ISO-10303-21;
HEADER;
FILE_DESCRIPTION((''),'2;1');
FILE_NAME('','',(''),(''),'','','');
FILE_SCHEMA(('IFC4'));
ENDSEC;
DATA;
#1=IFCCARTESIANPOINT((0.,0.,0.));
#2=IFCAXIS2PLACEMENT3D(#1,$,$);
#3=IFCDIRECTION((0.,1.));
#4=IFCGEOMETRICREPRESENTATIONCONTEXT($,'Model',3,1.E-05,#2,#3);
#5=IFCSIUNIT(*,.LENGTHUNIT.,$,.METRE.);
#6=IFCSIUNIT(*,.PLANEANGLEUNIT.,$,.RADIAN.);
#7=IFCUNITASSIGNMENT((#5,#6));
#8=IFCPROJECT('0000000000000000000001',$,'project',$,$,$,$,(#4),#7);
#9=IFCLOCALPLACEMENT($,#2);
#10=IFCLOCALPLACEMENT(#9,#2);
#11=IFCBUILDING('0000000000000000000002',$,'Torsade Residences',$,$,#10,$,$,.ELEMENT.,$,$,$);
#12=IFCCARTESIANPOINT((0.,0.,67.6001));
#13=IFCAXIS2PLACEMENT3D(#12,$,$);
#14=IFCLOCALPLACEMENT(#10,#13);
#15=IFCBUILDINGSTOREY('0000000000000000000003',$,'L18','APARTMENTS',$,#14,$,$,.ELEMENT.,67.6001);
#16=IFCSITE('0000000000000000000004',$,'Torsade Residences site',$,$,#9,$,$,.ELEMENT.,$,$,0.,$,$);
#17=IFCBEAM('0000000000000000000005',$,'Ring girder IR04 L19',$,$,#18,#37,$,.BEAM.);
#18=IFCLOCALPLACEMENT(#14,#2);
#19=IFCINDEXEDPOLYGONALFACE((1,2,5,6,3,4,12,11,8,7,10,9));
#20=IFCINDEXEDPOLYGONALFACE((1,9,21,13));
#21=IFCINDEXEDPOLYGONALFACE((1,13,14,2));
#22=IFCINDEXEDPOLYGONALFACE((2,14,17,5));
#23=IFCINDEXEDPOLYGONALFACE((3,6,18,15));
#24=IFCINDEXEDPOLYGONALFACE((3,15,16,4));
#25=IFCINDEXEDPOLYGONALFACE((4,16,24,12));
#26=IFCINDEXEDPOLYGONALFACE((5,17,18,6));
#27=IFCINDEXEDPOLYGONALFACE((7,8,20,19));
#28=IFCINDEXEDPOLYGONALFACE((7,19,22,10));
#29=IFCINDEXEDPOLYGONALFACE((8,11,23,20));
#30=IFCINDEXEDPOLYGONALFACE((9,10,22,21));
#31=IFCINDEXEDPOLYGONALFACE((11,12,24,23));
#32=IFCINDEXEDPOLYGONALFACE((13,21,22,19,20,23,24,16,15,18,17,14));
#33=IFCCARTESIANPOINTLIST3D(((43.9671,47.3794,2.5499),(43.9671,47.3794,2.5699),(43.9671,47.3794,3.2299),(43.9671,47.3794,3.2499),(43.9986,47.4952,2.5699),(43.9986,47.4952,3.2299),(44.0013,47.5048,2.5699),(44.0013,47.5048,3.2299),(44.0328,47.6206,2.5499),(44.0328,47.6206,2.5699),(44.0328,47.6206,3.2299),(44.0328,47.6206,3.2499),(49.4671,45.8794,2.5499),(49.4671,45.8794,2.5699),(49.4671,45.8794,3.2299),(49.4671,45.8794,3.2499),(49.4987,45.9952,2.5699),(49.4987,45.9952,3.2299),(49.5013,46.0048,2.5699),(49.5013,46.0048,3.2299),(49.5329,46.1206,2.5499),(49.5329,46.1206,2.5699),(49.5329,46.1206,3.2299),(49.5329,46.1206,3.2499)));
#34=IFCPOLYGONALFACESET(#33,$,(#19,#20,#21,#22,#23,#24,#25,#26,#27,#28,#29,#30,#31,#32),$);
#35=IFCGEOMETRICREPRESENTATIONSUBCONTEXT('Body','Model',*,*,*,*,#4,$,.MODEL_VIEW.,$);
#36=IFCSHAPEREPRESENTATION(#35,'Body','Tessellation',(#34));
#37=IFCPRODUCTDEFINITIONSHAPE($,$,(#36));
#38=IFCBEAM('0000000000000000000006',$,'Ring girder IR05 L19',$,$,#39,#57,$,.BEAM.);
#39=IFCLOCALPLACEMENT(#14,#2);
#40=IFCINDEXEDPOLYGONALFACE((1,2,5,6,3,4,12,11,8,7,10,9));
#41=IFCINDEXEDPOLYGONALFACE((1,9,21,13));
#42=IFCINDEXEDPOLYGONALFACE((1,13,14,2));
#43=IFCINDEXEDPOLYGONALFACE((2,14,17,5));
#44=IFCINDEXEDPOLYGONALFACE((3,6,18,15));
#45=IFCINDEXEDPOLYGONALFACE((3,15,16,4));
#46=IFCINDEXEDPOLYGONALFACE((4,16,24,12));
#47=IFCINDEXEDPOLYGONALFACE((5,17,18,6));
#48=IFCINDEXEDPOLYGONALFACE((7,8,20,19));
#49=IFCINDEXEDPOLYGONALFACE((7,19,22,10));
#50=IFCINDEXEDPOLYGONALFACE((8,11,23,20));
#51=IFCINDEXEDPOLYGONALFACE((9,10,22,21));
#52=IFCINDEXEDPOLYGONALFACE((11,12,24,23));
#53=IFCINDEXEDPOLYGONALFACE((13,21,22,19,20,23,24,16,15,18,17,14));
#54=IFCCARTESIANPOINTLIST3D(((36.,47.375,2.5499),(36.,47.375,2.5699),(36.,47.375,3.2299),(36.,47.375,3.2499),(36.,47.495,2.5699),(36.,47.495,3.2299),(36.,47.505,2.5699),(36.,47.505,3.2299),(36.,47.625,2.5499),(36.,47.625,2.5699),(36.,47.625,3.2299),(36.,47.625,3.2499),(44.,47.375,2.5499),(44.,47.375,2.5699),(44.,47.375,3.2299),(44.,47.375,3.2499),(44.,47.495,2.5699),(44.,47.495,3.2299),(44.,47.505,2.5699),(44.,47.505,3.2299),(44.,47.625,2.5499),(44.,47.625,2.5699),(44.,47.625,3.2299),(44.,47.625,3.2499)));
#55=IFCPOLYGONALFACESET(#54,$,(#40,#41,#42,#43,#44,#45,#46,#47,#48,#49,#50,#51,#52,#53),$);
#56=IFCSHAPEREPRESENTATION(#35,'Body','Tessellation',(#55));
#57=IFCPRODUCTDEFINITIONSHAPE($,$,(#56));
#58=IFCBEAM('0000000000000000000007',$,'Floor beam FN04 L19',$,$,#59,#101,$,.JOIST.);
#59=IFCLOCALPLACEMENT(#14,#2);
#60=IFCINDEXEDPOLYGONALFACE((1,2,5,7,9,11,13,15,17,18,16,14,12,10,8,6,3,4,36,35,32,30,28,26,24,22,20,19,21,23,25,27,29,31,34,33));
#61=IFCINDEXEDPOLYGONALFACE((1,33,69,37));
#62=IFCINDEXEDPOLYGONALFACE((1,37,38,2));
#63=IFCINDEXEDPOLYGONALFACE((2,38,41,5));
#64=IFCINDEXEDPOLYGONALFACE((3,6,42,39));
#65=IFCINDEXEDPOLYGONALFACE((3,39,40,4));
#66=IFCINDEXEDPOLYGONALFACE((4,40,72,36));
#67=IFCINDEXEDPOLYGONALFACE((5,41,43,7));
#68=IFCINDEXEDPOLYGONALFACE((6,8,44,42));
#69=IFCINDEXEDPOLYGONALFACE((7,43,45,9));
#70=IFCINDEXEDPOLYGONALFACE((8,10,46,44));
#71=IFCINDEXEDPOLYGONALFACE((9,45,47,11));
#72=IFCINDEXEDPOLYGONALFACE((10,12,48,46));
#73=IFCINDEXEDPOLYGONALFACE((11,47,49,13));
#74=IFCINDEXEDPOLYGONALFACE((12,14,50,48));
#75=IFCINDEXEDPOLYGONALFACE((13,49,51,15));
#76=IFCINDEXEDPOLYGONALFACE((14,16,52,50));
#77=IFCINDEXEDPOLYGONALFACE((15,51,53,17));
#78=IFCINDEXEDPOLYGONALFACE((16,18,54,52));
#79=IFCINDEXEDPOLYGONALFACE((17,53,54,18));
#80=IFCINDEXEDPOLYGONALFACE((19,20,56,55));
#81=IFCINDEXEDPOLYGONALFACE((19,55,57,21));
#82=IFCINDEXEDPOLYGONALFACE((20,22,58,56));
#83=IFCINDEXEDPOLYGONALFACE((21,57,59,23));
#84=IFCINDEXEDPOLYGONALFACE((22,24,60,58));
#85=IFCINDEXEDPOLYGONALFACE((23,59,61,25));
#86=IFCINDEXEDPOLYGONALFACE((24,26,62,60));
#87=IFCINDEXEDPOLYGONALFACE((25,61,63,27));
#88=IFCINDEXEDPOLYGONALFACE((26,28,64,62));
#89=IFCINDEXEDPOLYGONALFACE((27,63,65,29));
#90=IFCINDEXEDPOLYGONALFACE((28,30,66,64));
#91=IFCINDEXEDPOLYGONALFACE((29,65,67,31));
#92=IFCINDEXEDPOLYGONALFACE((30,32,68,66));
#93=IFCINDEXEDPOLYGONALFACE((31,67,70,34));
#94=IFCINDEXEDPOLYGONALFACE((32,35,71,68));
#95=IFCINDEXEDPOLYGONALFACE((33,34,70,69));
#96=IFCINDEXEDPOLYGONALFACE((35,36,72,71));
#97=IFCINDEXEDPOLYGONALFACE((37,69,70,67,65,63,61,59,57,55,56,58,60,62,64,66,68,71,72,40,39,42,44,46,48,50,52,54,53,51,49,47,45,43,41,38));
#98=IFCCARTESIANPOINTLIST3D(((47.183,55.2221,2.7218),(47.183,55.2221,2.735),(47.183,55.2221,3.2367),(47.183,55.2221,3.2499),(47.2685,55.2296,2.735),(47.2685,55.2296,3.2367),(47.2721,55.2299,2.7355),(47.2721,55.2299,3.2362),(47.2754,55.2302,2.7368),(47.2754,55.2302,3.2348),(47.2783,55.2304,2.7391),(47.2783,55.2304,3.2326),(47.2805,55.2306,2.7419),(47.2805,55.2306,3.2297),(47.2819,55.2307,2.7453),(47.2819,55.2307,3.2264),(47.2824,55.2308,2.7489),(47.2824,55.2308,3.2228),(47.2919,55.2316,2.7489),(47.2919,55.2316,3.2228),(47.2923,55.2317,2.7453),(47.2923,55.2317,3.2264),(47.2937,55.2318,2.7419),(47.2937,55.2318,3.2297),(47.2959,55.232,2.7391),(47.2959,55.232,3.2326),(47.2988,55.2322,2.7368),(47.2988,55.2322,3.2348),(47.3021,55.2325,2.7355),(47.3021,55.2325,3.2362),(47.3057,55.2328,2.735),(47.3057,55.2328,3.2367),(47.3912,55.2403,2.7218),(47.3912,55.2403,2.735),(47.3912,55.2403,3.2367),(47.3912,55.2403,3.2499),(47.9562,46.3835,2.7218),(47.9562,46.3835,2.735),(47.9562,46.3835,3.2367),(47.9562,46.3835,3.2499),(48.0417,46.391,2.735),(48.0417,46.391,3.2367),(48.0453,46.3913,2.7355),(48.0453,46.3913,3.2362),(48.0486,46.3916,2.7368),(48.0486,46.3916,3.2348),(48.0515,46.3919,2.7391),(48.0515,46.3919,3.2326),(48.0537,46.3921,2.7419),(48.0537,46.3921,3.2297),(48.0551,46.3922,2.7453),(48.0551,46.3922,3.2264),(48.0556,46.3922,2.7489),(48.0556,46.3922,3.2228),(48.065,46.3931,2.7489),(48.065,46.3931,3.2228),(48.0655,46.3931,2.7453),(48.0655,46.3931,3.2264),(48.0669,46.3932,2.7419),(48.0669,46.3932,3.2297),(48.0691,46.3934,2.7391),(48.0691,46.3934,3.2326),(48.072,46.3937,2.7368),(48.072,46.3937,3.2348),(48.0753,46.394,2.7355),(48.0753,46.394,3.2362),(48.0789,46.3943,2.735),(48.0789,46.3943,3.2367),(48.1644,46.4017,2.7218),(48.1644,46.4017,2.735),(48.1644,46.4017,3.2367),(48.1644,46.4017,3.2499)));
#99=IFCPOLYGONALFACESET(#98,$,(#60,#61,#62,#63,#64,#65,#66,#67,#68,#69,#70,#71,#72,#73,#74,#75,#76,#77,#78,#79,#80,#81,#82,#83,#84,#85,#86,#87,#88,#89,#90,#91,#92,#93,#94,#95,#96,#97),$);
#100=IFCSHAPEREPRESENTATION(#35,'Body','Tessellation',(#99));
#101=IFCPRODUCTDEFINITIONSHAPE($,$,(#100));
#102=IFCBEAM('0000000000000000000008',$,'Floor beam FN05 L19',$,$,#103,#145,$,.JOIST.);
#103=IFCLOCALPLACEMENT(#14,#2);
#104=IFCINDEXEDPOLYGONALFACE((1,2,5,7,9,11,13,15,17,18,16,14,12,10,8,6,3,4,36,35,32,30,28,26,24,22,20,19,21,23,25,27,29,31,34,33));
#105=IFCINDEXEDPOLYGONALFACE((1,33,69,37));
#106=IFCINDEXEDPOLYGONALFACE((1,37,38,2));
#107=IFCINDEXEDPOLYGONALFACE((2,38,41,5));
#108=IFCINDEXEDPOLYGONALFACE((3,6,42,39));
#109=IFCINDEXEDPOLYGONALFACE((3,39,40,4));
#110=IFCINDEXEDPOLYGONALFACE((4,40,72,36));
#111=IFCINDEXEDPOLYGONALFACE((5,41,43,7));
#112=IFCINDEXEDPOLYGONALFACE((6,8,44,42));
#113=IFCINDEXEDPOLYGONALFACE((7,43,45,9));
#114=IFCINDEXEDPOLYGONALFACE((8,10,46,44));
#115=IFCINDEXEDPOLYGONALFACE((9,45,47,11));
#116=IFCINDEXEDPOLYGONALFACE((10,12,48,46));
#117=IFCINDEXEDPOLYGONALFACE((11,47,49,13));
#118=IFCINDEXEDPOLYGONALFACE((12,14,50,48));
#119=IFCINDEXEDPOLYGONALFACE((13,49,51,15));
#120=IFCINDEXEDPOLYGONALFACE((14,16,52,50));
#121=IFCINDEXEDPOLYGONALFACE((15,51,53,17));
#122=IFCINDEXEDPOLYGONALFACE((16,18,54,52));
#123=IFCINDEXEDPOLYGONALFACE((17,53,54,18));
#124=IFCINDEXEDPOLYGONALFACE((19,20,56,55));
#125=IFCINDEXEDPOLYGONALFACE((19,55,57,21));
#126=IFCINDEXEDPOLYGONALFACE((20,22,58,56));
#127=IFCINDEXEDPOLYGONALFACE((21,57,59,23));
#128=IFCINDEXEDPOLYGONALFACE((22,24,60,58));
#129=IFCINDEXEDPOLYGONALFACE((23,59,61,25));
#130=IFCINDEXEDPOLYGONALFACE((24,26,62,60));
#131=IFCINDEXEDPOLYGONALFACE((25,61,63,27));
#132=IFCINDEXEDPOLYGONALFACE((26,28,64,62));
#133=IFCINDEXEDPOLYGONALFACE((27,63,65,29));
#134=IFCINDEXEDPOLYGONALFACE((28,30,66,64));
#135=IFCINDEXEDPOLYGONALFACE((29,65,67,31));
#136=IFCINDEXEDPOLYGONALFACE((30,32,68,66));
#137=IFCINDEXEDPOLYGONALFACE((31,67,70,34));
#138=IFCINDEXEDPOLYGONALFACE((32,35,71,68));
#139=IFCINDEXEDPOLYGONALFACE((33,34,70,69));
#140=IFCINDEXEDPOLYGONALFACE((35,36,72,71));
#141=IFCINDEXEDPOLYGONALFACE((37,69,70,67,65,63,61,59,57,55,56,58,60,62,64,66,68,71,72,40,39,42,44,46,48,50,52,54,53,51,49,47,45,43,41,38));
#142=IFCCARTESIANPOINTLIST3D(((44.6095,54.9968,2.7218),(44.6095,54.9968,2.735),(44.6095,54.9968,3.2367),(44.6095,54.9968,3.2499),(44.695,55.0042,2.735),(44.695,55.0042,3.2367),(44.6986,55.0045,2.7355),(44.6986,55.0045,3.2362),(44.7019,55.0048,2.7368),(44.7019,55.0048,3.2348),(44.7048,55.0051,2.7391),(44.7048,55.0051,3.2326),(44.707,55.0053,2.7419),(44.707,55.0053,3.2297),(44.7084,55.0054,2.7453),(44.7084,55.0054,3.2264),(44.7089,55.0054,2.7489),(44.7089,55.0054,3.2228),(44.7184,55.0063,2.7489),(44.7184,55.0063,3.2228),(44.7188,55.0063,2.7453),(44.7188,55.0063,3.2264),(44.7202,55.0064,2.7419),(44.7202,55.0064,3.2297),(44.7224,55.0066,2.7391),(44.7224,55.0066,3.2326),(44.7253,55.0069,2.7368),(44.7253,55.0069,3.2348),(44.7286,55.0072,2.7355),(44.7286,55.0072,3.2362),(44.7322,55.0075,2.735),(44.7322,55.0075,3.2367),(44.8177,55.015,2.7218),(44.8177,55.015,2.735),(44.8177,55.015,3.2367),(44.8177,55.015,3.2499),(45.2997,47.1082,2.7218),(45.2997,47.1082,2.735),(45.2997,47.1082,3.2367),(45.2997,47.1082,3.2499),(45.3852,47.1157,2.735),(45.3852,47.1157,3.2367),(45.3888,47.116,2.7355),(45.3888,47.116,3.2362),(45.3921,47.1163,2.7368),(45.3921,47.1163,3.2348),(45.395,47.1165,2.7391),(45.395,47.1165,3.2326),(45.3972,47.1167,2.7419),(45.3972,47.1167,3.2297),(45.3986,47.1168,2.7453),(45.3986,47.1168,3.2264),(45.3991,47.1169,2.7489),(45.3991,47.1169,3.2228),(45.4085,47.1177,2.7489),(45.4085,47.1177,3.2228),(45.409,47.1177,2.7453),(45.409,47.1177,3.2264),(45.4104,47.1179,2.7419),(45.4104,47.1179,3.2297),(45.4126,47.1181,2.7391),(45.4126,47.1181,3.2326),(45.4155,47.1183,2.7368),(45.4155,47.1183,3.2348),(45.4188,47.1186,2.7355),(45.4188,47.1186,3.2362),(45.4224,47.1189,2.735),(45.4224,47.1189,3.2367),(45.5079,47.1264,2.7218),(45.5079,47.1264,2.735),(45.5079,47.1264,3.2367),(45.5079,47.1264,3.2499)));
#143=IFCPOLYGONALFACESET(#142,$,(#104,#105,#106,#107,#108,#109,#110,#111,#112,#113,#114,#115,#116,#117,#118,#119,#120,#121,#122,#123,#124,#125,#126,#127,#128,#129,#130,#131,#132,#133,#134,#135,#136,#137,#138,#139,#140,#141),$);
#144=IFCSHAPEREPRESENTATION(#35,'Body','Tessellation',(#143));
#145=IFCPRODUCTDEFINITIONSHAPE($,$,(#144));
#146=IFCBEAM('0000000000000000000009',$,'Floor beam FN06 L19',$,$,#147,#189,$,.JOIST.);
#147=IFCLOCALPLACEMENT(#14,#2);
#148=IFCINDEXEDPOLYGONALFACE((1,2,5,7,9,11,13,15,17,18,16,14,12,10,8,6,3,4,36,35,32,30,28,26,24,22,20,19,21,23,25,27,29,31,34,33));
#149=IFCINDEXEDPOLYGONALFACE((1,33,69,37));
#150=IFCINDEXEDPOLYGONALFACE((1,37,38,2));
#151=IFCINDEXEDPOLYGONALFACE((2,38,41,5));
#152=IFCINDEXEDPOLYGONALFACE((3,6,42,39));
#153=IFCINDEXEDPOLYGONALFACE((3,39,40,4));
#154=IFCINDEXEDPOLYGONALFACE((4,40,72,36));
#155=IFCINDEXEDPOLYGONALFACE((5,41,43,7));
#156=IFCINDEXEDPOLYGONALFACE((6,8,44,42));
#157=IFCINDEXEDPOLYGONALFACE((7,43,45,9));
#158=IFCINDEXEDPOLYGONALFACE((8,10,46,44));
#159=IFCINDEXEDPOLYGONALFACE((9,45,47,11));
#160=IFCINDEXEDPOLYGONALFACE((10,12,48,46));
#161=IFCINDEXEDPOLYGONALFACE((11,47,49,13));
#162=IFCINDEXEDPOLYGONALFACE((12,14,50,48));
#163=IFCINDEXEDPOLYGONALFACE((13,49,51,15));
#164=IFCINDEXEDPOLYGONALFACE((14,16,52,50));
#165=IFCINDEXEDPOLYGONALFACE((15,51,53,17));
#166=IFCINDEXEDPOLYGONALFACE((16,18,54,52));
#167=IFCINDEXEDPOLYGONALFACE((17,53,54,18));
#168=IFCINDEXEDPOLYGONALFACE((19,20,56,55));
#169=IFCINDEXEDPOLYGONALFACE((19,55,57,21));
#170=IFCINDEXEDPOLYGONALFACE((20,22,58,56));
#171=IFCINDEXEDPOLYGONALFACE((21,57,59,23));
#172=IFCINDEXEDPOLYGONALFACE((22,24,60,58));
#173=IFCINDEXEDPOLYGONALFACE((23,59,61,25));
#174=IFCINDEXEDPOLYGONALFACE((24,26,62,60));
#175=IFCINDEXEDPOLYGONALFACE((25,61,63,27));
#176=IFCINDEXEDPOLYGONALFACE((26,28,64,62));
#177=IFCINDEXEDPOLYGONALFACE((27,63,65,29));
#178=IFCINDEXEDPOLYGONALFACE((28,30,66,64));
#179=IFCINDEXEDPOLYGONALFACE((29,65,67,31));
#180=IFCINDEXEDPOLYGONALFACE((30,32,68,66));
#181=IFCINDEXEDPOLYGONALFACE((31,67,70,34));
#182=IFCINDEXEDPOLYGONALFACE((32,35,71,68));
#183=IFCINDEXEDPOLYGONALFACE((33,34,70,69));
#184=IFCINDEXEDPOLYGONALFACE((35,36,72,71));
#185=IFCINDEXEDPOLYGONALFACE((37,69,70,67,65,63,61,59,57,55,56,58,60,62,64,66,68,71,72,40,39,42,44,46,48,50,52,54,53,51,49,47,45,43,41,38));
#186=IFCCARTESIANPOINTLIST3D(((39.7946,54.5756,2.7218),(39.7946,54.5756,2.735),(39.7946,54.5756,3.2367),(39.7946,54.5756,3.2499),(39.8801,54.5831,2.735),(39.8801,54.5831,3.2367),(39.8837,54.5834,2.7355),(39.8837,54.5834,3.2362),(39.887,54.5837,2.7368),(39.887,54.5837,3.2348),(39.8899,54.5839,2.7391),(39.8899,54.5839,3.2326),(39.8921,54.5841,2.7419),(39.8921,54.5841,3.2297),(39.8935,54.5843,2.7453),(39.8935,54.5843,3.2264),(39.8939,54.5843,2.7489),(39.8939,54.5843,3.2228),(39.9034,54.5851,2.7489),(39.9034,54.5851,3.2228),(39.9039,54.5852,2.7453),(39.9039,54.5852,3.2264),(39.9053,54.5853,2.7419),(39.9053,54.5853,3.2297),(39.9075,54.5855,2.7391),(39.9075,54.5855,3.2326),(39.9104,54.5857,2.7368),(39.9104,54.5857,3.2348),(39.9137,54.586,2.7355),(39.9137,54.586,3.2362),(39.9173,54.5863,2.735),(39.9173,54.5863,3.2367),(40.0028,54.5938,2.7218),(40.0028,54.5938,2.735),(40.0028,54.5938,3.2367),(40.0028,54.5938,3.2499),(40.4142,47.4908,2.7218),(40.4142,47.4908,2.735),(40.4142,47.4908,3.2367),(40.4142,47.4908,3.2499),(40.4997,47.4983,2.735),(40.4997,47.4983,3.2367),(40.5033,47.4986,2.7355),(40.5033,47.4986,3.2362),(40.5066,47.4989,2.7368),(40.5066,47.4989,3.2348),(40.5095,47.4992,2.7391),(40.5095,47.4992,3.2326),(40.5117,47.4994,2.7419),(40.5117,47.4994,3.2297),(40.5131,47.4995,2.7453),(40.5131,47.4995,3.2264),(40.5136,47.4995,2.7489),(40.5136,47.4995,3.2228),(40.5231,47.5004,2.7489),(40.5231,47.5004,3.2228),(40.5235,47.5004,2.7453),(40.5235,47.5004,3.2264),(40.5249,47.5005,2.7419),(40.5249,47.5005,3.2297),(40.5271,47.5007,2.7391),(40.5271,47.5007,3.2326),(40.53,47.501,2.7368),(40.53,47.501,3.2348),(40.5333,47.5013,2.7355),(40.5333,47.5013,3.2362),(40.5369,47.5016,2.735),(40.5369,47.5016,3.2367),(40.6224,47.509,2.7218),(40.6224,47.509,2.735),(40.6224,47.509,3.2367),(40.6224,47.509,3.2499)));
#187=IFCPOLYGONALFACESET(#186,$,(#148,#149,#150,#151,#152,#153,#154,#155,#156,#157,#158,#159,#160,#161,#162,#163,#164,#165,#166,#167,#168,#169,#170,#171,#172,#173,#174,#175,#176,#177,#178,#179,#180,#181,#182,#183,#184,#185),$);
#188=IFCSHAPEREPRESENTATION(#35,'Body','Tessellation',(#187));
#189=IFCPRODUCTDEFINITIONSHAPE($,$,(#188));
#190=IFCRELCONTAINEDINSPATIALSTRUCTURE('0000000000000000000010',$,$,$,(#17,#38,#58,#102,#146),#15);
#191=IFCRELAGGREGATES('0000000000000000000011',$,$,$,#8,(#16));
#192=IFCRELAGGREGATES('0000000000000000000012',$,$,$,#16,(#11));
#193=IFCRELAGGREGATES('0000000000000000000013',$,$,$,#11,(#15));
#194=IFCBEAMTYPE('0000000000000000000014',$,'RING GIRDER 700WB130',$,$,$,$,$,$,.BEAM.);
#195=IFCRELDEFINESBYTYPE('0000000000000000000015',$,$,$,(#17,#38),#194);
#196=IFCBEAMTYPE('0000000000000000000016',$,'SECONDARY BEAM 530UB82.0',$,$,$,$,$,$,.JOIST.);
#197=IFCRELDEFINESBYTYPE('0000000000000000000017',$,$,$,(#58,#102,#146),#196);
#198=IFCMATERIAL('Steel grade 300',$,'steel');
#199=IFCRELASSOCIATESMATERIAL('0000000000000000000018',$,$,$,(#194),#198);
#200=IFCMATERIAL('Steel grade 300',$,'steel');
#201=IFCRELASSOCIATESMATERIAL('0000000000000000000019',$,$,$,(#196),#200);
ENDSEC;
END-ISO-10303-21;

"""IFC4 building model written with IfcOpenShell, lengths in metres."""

from ifc_helpers import new_model, si_unit, direction, frame, origin, origin_2d, place, context, subcontext, project, spatial, i_section, extrude, material, material_profile, profile_set, type_object, element, save


model = new_model("IFC4")

# Units and contexts
model_context = context("Model", 3, precision=1e-05, world=origin(), true_north=direction((0.0, 1.0)))
body_context = subcontext(model_context, "Body", "Model", "MODEL_VIEW")
ifc_project = project(units=[si_unit("LENGTHUNIT", "METRE"), si_unit("PLANEANGLEUNIT", "RADIAN")], contexts=[model_context])

# Site, building, storey
site_placement = place(None, origin())
site = spatial("IfcSite", under=ifc_project, at=site_placement, Name="Torsade Residences site", CompositionType="ELEMENT", RefElevation=0.0)
building_placement = place(site_placement, origin())
building = spatial("IfcBuilding", under=site, at=building_placement, Name="Torsade Residences", CompositionType="ELEMENT")
storey_placement = place(building_placement, frame((0.0, 0.0, 67.6001)))
storey = spatial("IfcBuildingStorey", under=building, at=storey_placement, Name="L18", Description="APARTMENTS", CompositionType="ELEMENT", Elevation=67.6001)

# Beams
ifc_material_1 = material(Name="Steel grade 300", Category="steel")
ifc_material_profile_1 = material_profile(ifc_material_1, i_section(OverallWidth=0.25, OverallDepth=0.7, WebThickness=0.01, FlangeThickness=0.02, at=origin_2d()), Name="700WB130")
ifc_profile_set_1 = profile_set([ifc_material_profile_1], Name="Steel grade 300")
beam_type_1 = type_object("IfcBeamType", Name="RING GIRDER 700WB130", PredefinedType="BEAM", material=ifc_profile_set_1)
beam_1_placement = place(storey_placement, frame((49.5, 46.0, 2.8999), z_axis=(-0.964764, 0.263117, 0.0), x_axis=(-0.263117, -0.964764, 0.0)))
element("IfcBeam", 1, at=beam_1_placement, inside=storey, type_object=beam_type_1, Name="Ring girder IR04 L19", PredefinedType="BEAM", context=body_context, shape_type="SweptSolid", body=[
    extrude(i_section(OverallWidth=0.25, OverallDepth=0.7, WebThickness=0.01, FlangeThickness=0.02, at=origin_2d()), origin(), (0.0, 0.0, 1.0), 5.7009),
])
beam_2_placement = place(storey_placement, frame((44.0, 47.5, 2.8999), z_axis=(-1.0, 0.0, 0.0), x_axis=(0.0, -1.0, 0.0)))
element("IfcBeam", 2, at=beam_2_placement, inside=storey, type_object=beam_type_1, Name="Ring girder IR05 L19", PredefinedType="BEAM", context=body_context, shape_type="SweptSolid", body=[
    extrude(i_section(OverallWidth=0.25, OverallDepth=0.7, WebThickness=0.01, FlangeThickness=0.02, at=origin_2d()), origin(), (0.0, 0.0, 1.0), 8.0),
])
ifc_material_2 = material(Name="Steel grade 300", Category="steel")
ifc_material_profile_2 = material_profile(ifc_material_2, i_section(OverallWidth=0.209, OverallDepth=0.5281, WebThickness=0.0095, FlangeThickness=0.0132, FilletRadius=0.0139, at=origin_2d()), Name="530UB82.0")
ifc_profile_set_2 = profile_set([ifc_material_profile_2], Name="Steel grade 300")
beam_type_2 = type_object("IfcBeamType", Name="SECONDARY BEAM 530UB82.0", PredefinedType="JOIST", material=ifc_profile_set_2)
beam_3_placement = place(storey_placement, frame((47.2871, 55.2312, 2.9858), z_axis=(0.087146, -0.996196, 0.0), x_axis=(0.996196, 0.087146, 0.0)))
element("IfcBeam", 3, at=beam_3_placement, inside=storey, type_object=beam_type_2, Name="Floor beam FN04 L19", PredefinedType="JOIST", context=body_context, shape_type="SweptSolid", body=[
    extrude(i_section(OverallWidth=0.209, OverallDepth=0.5281, WebThickness=0.0095, FlangeThickness=0.0132, FilletRadius=0.0139, at=origin_2d()), origin(), (0.0, 0.0, 1.0), 8.8723),
])
beam_4_placement = place(storey_placement, frame((44.7136, 55.0059, 2.9858), z_axis=(0.087158, -0.996195, 0.0), x_axis=(0.996195, 0.087158, 0.0)))
element("IfcBeam", 4, at=beam_4_placement, inside=storey, type_object=beam_type_2, Name="Floor beam FN05 L19", PredefinedType="JOIST", context=body_context, shape_type="SweptSolid", body=[
    extrude(i_section(OverallWidth=0.209, OverallDepth=0.5281, WebThickness=0.0095, FlangeThickness=0.0132, FilletRadius=0.0139, at=origin_2d()), origin(), (0.0, 0.0, 1.0), 7.9187),
])
beam_5_placement = place(storey_placement, frame((39.8987, 54.5847, 2.9858), z_axis=(0.087127, -0.996197, 0.0), x_axis=(0.996197, 0.087127, 0.0)))
element("IfcBeam", 5, at=beam_5_placement, inside=storey, type_object=beam_type_2, Name="Floor beam FN06 L19", PredefinedType="JOIST", context=body_context, shape_type="SweptSolid", body=[
    extrude(i_section(OverallWidth=0.209, OverallDepth=0.5281, WebThickness=0.0095, FlangeThickness=0.0132, FilletRadius=0.0139, at=origin_2d()), origin(), (0.0, 0.0, 1.0), 7.1118),
])

save(model, "model.ifc")
